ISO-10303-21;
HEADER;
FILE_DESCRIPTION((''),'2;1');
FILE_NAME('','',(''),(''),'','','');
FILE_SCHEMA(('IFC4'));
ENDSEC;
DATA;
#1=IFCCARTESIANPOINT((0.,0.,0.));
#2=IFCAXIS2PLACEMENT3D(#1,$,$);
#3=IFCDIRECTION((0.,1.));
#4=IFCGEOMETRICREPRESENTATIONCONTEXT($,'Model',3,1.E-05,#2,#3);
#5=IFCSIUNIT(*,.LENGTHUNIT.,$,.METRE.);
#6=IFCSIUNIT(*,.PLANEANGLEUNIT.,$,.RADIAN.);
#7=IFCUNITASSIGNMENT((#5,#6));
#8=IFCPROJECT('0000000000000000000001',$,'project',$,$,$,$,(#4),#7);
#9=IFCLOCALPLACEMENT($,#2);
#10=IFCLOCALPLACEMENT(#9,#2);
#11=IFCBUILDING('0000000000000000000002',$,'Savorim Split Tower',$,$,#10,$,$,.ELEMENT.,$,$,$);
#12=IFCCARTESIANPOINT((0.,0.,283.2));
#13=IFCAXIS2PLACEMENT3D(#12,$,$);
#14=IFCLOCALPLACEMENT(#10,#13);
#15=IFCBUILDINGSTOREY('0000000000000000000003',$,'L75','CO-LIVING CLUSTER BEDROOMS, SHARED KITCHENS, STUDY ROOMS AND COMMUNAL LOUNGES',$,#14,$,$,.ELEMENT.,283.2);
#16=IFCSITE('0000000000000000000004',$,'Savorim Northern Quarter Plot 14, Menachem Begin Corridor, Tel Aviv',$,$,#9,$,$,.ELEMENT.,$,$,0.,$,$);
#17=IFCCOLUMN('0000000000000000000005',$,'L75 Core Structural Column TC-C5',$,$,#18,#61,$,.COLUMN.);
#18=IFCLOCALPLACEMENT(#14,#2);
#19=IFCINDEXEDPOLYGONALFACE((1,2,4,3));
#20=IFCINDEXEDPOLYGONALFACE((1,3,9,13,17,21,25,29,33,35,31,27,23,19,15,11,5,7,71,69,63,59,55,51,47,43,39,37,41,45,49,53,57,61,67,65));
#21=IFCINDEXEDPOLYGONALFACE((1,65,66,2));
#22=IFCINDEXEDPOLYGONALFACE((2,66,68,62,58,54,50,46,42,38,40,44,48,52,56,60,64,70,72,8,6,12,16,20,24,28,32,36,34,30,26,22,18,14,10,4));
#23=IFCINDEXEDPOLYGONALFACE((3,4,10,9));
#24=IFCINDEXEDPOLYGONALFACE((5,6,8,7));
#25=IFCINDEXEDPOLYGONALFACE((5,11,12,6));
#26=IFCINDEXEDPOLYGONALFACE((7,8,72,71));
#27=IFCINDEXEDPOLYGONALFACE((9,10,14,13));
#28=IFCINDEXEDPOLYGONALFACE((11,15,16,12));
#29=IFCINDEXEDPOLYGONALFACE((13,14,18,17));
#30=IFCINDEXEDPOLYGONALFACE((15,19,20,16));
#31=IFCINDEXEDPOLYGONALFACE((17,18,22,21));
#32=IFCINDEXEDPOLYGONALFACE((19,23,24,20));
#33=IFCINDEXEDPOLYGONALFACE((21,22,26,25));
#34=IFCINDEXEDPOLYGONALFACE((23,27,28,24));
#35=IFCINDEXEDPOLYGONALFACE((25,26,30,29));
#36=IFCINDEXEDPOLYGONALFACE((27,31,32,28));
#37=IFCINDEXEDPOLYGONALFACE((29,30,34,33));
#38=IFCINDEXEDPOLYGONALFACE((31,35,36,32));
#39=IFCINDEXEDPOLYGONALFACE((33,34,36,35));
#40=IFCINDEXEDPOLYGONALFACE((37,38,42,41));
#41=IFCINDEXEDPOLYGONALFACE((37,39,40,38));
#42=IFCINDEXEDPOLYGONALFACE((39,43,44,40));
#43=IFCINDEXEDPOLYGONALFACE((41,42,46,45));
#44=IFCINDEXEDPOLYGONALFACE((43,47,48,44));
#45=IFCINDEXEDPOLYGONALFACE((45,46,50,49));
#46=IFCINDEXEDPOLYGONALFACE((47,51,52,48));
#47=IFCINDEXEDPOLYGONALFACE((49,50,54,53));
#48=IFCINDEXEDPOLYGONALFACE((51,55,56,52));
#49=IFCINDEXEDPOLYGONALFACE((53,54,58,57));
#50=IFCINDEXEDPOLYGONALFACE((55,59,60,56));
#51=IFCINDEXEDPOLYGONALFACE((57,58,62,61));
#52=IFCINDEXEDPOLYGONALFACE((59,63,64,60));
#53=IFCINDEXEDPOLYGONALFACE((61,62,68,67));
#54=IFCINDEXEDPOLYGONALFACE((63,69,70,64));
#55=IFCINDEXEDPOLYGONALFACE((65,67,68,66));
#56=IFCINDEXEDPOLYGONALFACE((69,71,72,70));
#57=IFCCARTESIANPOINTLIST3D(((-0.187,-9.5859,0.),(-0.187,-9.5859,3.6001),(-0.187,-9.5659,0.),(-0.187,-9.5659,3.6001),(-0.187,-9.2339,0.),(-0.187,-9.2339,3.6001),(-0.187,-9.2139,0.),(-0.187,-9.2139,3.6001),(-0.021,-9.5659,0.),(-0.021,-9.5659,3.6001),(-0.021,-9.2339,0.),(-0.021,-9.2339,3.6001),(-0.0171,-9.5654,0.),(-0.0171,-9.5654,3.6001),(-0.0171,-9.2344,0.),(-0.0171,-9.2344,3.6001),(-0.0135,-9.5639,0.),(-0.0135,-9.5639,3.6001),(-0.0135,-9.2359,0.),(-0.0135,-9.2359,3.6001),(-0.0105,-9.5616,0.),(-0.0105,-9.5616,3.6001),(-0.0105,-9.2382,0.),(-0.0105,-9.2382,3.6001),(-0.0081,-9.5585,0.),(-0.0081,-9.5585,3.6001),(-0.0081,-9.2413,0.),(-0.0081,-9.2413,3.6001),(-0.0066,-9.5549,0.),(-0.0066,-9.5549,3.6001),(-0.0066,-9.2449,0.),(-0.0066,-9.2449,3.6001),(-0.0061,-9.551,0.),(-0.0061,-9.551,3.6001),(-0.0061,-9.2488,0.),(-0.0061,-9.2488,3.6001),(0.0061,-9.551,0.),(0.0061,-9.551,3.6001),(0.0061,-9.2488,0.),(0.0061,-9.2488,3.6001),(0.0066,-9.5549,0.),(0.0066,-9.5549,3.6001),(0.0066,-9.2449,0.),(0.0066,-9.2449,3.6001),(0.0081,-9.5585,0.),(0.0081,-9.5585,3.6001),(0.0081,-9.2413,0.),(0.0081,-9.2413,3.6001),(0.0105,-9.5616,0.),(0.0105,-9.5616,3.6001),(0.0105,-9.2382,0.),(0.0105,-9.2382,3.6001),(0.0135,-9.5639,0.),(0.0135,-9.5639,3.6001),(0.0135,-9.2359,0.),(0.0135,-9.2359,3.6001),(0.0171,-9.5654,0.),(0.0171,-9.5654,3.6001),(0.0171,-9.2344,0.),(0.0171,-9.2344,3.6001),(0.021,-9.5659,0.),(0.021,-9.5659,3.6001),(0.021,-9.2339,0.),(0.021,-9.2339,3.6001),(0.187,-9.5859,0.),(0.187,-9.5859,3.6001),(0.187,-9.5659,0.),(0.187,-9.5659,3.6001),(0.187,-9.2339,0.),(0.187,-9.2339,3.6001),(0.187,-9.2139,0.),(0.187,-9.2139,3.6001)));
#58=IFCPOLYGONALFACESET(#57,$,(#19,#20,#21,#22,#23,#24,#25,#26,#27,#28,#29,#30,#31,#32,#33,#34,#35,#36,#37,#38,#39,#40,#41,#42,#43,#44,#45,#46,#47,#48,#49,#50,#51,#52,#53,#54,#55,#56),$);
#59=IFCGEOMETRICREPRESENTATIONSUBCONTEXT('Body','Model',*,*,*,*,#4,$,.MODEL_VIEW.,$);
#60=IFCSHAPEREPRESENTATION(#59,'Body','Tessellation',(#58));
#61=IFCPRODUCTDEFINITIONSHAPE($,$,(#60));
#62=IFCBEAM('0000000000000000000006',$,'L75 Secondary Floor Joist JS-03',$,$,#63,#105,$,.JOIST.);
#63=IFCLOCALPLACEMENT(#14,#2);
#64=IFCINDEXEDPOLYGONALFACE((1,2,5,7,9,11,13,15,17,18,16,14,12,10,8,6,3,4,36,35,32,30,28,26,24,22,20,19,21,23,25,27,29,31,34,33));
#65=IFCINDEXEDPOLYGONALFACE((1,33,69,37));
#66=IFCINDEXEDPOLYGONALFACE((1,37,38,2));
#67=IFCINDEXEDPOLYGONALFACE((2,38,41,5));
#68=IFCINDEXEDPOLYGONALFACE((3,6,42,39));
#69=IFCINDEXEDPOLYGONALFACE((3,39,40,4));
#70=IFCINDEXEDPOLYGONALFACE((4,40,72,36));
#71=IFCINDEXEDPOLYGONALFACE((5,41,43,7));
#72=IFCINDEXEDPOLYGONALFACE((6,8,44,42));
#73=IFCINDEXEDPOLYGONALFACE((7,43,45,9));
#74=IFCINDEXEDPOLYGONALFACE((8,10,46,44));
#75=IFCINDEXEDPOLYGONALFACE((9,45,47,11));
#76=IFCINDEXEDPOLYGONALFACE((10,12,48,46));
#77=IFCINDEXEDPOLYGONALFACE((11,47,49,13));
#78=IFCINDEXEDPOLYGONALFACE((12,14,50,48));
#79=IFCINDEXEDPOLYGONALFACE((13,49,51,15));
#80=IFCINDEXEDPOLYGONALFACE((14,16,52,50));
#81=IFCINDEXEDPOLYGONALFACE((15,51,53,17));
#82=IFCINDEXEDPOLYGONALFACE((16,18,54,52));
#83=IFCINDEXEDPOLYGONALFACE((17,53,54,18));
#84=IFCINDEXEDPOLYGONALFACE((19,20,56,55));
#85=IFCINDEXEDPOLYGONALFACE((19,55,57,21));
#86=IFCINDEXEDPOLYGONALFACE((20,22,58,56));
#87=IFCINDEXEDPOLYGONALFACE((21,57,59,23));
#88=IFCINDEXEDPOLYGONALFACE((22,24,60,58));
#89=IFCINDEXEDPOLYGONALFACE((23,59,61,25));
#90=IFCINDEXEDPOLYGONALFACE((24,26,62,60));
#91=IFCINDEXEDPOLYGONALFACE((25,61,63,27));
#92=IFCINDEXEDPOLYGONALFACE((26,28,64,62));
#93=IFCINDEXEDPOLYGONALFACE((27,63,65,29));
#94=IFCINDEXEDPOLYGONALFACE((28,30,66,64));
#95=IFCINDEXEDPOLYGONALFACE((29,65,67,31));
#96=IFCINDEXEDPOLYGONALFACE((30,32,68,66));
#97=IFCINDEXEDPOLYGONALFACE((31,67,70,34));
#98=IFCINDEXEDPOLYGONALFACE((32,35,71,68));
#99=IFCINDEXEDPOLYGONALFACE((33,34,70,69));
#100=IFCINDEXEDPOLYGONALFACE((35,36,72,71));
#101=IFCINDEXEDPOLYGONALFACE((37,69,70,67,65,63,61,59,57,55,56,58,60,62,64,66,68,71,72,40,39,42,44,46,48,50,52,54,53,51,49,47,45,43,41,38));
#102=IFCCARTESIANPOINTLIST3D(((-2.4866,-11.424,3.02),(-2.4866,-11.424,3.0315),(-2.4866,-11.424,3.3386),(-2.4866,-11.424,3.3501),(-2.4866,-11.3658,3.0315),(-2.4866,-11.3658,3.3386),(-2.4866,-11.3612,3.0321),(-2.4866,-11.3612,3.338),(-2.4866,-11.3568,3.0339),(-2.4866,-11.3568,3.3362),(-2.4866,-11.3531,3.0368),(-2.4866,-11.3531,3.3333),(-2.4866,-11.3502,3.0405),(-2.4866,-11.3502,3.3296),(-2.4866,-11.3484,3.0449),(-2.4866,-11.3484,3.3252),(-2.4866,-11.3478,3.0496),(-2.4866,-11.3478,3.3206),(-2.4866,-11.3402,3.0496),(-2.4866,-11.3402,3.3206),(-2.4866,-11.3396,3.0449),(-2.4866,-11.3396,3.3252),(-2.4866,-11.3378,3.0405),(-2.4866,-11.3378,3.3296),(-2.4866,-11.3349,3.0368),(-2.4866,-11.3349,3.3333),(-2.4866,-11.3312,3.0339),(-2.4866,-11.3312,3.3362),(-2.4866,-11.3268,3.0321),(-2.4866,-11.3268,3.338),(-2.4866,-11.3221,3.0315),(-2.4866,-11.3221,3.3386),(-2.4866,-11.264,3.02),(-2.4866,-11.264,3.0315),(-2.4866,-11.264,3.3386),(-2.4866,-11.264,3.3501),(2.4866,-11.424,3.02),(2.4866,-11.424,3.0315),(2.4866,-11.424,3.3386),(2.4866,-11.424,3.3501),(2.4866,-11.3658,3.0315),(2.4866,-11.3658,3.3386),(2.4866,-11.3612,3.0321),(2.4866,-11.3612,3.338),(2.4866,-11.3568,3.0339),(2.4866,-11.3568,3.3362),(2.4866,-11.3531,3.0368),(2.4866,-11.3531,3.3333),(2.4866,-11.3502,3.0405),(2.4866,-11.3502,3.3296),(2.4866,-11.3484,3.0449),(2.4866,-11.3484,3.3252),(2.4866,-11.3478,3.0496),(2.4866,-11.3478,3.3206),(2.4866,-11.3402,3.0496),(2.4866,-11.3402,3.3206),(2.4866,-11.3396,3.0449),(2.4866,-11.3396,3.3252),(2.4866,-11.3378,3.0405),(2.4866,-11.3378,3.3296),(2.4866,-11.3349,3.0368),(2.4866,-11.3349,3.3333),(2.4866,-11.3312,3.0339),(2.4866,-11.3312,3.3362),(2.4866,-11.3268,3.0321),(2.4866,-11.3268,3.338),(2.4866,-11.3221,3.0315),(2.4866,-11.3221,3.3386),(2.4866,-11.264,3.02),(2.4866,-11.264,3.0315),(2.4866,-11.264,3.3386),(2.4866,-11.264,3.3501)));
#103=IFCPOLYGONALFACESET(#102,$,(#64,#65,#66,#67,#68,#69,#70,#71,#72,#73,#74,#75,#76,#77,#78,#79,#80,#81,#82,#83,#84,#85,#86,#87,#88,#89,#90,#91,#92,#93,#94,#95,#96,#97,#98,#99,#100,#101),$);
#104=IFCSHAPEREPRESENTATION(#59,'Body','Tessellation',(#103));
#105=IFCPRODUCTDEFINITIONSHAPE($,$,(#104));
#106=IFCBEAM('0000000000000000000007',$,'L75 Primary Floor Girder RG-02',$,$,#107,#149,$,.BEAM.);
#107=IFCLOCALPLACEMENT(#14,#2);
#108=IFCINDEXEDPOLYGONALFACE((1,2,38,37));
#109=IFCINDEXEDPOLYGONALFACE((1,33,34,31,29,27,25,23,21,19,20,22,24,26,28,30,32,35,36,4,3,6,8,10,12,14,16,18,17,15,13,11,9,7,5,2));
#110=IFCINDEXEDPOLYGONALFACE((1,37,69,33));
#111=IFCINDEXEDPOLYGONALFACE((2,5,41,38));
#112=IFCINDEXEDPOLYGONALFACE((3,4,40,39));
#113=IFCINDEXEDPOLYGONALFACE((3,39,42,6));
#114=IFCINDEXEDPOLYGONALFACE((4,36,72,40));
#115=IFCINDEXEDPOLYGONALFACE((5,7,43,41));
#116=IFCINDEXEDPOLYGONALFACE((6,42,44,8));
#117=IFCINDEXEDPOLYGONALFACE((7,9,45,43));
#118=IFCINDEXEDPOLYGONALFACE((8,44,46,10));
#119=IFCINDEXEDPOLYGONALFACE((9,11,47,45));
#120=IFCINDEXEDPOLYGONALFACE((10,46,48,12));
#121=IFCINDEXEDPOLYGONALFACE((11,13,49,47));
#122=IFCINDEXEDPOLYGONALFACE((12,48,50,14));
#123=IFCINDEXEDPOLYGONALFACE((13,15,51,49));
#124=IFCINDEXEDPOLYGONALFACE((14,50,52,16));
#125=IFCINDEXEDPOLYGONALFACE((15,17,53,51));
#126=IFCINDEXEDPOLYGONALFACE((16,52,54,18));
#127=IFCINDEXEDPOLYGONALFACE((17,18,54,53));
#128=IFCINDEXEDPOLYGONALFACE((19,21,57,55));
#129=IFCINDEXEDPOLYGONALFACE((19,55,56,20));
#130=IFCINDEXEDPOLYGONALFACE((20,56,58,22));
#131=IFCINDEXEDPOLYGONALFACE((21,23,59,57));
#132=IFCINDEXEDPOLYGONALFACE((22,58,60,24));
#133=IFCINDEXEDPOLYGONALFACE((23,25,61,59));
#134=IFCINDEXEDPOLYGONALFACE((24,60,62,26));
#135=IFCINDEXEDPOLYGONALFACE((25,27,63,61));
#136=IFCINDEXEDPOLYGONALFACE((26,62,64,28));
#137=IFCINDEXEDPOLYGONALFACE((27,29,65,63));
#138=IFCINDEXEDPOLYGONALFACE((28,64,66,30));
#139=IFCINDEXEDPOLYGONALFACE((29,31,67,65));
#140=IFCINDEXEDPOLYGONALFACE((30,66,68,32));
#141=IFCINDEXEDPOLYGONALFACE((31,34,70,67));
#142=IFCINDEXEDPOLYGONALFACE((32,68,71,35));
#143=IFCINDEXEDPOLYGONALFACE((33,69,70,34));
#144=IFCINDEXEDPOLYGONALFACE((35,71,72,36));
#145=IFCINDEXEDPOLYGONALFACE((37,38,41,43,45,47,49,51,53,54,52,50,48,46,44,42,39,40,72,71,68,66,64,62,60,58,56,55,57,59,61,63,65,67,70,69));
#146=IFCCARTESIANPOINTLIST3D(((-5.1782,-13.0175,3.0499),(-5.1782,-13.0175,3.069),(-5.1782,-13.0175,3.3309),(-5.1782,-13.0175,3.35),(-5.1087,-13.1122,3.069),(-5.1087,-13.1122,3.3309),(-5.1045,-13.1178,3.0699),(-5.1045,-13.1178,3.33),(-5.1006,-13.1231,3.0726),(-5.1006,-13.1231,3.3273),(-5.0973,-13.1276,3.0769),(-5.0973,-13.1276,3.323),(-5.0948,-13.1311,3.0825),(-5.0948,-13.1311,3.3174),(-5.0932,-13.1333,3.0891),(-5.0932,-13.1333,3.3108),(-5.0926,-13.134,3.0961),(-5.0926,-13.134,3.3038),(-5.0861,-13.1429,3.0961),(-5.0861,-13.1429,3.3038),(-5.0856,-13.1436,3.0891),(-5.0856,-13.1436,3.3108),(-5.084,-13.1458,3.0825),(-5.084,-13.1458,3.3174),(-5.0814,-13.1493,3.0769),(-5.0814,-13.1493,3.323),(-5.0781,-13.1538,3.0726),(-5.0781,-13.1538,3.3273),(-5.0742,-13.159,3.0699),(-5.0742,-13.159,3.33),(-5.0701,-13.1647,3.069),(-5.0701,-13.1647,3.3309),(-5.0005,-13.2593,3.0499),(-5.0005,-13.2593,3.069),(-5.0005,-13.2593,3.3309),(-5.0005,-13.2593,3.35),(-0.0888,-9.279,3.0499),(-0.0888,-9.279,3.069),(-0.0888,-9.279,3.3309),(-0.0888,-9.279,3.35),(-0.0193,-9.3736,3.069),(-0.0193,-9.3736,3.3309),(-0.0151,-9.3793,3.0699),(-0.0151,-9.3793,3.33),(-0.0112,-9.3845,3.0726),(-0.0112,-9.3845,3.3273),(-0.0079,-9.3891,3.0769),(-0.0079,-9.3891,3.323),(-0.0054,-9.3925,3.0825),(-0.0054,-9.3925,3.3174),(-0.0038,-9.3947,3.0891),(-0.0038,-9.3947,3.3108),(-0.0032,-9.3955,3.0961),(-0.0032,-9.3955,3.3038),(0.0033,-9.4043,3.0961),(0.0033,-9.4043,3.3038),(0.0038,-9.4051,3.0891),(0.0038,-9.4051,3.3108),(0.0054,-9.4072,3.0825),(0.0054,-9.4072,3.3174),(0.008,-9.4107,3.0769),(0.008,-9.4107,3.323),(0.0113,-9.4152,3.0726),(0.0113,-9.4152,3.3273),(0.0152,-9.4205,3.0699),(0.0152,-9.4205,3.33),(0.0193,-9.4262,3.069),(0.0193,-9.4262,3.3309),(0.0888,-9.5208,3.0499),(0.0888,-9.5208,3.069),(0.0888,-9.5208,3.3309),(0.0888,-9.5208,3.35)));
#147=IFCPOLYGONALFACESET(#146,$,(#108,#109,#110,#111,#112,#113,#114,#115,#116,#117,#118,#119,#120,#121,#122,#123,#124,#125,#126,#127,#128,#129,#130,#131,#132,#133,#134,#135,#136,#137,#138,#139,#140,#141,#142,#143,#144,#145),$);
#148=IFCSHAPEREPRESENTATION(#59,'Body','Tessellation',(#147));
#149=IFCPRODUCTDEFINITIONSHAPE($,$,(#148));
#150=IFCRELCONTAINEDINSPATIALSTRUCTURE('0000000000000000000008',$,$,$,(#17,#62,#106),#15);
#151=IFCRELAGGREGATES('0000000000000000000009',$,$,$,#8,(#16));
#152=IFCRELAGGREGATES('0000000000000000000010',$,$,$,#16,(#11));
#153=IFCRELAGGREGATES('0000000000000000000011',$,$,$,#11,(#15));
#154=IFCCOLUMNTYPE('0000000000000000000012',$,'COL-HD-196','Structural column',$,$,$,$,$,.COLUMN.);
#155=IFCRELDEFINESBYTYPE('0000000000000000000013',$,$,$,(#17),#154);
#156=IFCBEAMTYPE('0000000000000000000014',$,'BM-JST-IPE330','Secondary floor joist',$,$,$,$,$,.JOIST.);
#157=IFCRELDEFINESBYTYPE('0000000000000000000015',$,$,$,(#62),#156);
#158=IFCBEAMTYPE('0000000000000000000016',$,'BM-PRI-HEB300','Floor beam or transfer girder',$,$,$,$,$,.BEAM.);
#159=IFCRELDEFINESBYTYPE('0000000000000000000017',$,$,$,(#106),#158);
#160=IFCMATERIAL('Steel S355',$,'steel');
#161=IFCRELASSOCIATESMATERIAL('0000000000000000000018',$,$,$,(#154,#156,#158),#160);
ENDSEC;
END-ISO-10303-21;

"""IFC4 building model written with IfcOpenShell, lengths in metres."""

from ifc_helpers import new_model, si_unit, direction, frame, origin, origin_2d, place, context, subcontext, project, spatial, i_section, extrude, material, material_profile, profile_set, type_object, element, save


model = new_model("IFC4")

# Units and contexts
model_context = context("Model", 3, precision=1e-05, world=origin(), true_north=direction((0.0, 1.0)))
body_context = subcontext(model_context, "Body", "Model", "MODEL_VIEW")
ifc_project = project(units=[si_unit("LENGTHUNIT", "METRE"), si_unit("PLANEANGLEUNIT", "RADIAN")], contexts=[model_context])

# Site, building, storey
site_placement = place(None, origin())
site = spatial("IfcSite", under=ifc_project, at=site_placement, Name="Savorim Northern Quarter Plot 14, Menachem Begin Corridor, Tel Aviv", CompositionType="ELEMENT", RefElevation=0.0)
building_placement = place(site_placement, origin())
building = spatial("IfcBuilding", under=site, at=building_placement, Name="Savorim Split Tower", CompositionType="ELEMENT")
storey_placement = place(building_placement, frame((0.0, 0.0, 283.2)))
storey = spatial("IfcBuildingStorey", under=building, at=storey_placement, Name="L75", Description="CO-LIVING CLUSTER BEDROOMS, SHARED KITCHENS, STUDY ROOMS AND COMMUNAL LOUNGES", CompositionType="ELEMENT", Elevation=283.2)

# Column
ifc_material_1 = material(Name="Steel S355", Category="steel")
ifc_material_profile_1 = material_profile(ifc_material_1, i_section(OverallWidth=0.374, OverallDepth=0.3721, WebThickness=0.0122, FlangeThickness=0.02, FilletRadius=0.0149, at=origin_2d()), Name="HD 360x196")
ifc_profile_set_1 = profile_set([ifc_material_profile_1], Name="Steel S355")
column_type = type_object("IfcColumnType", Name="COL-HD-196", Description="Structural column", PredefinedType="COLUMN", material=ifc_profile_set_1)
column_placement = place(storey_placement, frame((0.0, -9.3999, 0.0), z_axis=(0.0, 0.0, 1.0), x_axis=(1.0, 0.0, 0.0)))
element("IfcColumn", 1, at=column_placement, inside=storey, type_object=column_type, Name="L75 Core Structural Column TC-C5", PredefinedType="COLUMN", context=body_context, shape_type="SweptSolid", body=[
    extrude(i_section(OverallWidth=0.374, OverallDepth=0.3721, WebThickness=0.0122, FlangeThickness=0.02, FilletRadius=0.0149, at=origin_2d()), origin(), (0.0, 0.0, 1.0), 3.6001),
])

# Beams
ifc_material_profile_2 = material_profile(ifc_material_1, i_section(OverallWidth=0.1599, OverallDepth=0.3301, WebThickness=0.0076, FlangeThickness=0.0115, FilletRadius=0.0181, at=origin_2d()), Name="IPE 330")
ifc_profile_set_2 = profile_set([ifc_material_profile_2], Name="Steel S355")
beam_type_1 = type_object("IfcBeamType", Name="BM-JST-IPE330", Description="Secondary floor joist", PredefinedType="JOIST", material=ifc_profile_set_2)
beam_1_placement = place(storey_placement, frame((-2.4866, -11.344, 3.1851), z_axis=(1.0, 0.0, 0.0), x_axis=(0.0, 1.0, 0.0)))
element("IfcBeam", 2, at=beam_1_placement, inside=storey, type_object=beam_type_1, Name="L75 Secondary Floor Joist JS-03", PredefinedType="JOIST", context=body_context, shape_type="SweptSolid", body=[
    extrude(i_section(OverallWidth=0.1599, OverallDepth=0.3301, WebThickness=0.0076, FlangeThickness=0.0115, FilletRadius=0.0181, at=origin_2d()), origin(), (0.0, 0.0, 1.0), 4.9731),
])
ifc_material_profile_3 = material_profile(ifc_material_1, i_section(OverallWidth=0.3, OverallDepth=0.3, WebThickness=0.011, FlangeThickness=0.019, FilletRadius=0.0271, at=origin_2d()), Name="HEB 300")
ifc_profile_set_3 = profile_set([ifc_material_profile_3], Name="Steel S355")
beam_type_2 = type_object("IfcBeamType", Name="BM-PRI-HEB300", Description="Floor beam or transfer girder", PredefinedType="BEAM", material=ifc_profile_set_3)
beam_2_placement = place(storey_placement, frame((-5.0894, -13.1384, 3.2), z_axis=(0.805927, 0.592015, 0.0), x_axis=(-0.592015, 0.805927, 0.0)))
element("IfcBeam", 3, at=beam_2_placement, inside=storey, type_object=beam_type_2, Name="L75 Primary Floor Girder RG-02", PredefinedType="BEAM", context=body_context, shape_type="SweptSolid", body=[
    extrude(i_section(OverallWidth=0.3, OverallDepth=0.3, WebThickness=0.011, FlangeThickness=0.019, FilletRadius=0.0271, at=origin_2d()), origin(), (0.0, 0.0, 1.0), 6.3149),
])

save(model, "model.ifc")
